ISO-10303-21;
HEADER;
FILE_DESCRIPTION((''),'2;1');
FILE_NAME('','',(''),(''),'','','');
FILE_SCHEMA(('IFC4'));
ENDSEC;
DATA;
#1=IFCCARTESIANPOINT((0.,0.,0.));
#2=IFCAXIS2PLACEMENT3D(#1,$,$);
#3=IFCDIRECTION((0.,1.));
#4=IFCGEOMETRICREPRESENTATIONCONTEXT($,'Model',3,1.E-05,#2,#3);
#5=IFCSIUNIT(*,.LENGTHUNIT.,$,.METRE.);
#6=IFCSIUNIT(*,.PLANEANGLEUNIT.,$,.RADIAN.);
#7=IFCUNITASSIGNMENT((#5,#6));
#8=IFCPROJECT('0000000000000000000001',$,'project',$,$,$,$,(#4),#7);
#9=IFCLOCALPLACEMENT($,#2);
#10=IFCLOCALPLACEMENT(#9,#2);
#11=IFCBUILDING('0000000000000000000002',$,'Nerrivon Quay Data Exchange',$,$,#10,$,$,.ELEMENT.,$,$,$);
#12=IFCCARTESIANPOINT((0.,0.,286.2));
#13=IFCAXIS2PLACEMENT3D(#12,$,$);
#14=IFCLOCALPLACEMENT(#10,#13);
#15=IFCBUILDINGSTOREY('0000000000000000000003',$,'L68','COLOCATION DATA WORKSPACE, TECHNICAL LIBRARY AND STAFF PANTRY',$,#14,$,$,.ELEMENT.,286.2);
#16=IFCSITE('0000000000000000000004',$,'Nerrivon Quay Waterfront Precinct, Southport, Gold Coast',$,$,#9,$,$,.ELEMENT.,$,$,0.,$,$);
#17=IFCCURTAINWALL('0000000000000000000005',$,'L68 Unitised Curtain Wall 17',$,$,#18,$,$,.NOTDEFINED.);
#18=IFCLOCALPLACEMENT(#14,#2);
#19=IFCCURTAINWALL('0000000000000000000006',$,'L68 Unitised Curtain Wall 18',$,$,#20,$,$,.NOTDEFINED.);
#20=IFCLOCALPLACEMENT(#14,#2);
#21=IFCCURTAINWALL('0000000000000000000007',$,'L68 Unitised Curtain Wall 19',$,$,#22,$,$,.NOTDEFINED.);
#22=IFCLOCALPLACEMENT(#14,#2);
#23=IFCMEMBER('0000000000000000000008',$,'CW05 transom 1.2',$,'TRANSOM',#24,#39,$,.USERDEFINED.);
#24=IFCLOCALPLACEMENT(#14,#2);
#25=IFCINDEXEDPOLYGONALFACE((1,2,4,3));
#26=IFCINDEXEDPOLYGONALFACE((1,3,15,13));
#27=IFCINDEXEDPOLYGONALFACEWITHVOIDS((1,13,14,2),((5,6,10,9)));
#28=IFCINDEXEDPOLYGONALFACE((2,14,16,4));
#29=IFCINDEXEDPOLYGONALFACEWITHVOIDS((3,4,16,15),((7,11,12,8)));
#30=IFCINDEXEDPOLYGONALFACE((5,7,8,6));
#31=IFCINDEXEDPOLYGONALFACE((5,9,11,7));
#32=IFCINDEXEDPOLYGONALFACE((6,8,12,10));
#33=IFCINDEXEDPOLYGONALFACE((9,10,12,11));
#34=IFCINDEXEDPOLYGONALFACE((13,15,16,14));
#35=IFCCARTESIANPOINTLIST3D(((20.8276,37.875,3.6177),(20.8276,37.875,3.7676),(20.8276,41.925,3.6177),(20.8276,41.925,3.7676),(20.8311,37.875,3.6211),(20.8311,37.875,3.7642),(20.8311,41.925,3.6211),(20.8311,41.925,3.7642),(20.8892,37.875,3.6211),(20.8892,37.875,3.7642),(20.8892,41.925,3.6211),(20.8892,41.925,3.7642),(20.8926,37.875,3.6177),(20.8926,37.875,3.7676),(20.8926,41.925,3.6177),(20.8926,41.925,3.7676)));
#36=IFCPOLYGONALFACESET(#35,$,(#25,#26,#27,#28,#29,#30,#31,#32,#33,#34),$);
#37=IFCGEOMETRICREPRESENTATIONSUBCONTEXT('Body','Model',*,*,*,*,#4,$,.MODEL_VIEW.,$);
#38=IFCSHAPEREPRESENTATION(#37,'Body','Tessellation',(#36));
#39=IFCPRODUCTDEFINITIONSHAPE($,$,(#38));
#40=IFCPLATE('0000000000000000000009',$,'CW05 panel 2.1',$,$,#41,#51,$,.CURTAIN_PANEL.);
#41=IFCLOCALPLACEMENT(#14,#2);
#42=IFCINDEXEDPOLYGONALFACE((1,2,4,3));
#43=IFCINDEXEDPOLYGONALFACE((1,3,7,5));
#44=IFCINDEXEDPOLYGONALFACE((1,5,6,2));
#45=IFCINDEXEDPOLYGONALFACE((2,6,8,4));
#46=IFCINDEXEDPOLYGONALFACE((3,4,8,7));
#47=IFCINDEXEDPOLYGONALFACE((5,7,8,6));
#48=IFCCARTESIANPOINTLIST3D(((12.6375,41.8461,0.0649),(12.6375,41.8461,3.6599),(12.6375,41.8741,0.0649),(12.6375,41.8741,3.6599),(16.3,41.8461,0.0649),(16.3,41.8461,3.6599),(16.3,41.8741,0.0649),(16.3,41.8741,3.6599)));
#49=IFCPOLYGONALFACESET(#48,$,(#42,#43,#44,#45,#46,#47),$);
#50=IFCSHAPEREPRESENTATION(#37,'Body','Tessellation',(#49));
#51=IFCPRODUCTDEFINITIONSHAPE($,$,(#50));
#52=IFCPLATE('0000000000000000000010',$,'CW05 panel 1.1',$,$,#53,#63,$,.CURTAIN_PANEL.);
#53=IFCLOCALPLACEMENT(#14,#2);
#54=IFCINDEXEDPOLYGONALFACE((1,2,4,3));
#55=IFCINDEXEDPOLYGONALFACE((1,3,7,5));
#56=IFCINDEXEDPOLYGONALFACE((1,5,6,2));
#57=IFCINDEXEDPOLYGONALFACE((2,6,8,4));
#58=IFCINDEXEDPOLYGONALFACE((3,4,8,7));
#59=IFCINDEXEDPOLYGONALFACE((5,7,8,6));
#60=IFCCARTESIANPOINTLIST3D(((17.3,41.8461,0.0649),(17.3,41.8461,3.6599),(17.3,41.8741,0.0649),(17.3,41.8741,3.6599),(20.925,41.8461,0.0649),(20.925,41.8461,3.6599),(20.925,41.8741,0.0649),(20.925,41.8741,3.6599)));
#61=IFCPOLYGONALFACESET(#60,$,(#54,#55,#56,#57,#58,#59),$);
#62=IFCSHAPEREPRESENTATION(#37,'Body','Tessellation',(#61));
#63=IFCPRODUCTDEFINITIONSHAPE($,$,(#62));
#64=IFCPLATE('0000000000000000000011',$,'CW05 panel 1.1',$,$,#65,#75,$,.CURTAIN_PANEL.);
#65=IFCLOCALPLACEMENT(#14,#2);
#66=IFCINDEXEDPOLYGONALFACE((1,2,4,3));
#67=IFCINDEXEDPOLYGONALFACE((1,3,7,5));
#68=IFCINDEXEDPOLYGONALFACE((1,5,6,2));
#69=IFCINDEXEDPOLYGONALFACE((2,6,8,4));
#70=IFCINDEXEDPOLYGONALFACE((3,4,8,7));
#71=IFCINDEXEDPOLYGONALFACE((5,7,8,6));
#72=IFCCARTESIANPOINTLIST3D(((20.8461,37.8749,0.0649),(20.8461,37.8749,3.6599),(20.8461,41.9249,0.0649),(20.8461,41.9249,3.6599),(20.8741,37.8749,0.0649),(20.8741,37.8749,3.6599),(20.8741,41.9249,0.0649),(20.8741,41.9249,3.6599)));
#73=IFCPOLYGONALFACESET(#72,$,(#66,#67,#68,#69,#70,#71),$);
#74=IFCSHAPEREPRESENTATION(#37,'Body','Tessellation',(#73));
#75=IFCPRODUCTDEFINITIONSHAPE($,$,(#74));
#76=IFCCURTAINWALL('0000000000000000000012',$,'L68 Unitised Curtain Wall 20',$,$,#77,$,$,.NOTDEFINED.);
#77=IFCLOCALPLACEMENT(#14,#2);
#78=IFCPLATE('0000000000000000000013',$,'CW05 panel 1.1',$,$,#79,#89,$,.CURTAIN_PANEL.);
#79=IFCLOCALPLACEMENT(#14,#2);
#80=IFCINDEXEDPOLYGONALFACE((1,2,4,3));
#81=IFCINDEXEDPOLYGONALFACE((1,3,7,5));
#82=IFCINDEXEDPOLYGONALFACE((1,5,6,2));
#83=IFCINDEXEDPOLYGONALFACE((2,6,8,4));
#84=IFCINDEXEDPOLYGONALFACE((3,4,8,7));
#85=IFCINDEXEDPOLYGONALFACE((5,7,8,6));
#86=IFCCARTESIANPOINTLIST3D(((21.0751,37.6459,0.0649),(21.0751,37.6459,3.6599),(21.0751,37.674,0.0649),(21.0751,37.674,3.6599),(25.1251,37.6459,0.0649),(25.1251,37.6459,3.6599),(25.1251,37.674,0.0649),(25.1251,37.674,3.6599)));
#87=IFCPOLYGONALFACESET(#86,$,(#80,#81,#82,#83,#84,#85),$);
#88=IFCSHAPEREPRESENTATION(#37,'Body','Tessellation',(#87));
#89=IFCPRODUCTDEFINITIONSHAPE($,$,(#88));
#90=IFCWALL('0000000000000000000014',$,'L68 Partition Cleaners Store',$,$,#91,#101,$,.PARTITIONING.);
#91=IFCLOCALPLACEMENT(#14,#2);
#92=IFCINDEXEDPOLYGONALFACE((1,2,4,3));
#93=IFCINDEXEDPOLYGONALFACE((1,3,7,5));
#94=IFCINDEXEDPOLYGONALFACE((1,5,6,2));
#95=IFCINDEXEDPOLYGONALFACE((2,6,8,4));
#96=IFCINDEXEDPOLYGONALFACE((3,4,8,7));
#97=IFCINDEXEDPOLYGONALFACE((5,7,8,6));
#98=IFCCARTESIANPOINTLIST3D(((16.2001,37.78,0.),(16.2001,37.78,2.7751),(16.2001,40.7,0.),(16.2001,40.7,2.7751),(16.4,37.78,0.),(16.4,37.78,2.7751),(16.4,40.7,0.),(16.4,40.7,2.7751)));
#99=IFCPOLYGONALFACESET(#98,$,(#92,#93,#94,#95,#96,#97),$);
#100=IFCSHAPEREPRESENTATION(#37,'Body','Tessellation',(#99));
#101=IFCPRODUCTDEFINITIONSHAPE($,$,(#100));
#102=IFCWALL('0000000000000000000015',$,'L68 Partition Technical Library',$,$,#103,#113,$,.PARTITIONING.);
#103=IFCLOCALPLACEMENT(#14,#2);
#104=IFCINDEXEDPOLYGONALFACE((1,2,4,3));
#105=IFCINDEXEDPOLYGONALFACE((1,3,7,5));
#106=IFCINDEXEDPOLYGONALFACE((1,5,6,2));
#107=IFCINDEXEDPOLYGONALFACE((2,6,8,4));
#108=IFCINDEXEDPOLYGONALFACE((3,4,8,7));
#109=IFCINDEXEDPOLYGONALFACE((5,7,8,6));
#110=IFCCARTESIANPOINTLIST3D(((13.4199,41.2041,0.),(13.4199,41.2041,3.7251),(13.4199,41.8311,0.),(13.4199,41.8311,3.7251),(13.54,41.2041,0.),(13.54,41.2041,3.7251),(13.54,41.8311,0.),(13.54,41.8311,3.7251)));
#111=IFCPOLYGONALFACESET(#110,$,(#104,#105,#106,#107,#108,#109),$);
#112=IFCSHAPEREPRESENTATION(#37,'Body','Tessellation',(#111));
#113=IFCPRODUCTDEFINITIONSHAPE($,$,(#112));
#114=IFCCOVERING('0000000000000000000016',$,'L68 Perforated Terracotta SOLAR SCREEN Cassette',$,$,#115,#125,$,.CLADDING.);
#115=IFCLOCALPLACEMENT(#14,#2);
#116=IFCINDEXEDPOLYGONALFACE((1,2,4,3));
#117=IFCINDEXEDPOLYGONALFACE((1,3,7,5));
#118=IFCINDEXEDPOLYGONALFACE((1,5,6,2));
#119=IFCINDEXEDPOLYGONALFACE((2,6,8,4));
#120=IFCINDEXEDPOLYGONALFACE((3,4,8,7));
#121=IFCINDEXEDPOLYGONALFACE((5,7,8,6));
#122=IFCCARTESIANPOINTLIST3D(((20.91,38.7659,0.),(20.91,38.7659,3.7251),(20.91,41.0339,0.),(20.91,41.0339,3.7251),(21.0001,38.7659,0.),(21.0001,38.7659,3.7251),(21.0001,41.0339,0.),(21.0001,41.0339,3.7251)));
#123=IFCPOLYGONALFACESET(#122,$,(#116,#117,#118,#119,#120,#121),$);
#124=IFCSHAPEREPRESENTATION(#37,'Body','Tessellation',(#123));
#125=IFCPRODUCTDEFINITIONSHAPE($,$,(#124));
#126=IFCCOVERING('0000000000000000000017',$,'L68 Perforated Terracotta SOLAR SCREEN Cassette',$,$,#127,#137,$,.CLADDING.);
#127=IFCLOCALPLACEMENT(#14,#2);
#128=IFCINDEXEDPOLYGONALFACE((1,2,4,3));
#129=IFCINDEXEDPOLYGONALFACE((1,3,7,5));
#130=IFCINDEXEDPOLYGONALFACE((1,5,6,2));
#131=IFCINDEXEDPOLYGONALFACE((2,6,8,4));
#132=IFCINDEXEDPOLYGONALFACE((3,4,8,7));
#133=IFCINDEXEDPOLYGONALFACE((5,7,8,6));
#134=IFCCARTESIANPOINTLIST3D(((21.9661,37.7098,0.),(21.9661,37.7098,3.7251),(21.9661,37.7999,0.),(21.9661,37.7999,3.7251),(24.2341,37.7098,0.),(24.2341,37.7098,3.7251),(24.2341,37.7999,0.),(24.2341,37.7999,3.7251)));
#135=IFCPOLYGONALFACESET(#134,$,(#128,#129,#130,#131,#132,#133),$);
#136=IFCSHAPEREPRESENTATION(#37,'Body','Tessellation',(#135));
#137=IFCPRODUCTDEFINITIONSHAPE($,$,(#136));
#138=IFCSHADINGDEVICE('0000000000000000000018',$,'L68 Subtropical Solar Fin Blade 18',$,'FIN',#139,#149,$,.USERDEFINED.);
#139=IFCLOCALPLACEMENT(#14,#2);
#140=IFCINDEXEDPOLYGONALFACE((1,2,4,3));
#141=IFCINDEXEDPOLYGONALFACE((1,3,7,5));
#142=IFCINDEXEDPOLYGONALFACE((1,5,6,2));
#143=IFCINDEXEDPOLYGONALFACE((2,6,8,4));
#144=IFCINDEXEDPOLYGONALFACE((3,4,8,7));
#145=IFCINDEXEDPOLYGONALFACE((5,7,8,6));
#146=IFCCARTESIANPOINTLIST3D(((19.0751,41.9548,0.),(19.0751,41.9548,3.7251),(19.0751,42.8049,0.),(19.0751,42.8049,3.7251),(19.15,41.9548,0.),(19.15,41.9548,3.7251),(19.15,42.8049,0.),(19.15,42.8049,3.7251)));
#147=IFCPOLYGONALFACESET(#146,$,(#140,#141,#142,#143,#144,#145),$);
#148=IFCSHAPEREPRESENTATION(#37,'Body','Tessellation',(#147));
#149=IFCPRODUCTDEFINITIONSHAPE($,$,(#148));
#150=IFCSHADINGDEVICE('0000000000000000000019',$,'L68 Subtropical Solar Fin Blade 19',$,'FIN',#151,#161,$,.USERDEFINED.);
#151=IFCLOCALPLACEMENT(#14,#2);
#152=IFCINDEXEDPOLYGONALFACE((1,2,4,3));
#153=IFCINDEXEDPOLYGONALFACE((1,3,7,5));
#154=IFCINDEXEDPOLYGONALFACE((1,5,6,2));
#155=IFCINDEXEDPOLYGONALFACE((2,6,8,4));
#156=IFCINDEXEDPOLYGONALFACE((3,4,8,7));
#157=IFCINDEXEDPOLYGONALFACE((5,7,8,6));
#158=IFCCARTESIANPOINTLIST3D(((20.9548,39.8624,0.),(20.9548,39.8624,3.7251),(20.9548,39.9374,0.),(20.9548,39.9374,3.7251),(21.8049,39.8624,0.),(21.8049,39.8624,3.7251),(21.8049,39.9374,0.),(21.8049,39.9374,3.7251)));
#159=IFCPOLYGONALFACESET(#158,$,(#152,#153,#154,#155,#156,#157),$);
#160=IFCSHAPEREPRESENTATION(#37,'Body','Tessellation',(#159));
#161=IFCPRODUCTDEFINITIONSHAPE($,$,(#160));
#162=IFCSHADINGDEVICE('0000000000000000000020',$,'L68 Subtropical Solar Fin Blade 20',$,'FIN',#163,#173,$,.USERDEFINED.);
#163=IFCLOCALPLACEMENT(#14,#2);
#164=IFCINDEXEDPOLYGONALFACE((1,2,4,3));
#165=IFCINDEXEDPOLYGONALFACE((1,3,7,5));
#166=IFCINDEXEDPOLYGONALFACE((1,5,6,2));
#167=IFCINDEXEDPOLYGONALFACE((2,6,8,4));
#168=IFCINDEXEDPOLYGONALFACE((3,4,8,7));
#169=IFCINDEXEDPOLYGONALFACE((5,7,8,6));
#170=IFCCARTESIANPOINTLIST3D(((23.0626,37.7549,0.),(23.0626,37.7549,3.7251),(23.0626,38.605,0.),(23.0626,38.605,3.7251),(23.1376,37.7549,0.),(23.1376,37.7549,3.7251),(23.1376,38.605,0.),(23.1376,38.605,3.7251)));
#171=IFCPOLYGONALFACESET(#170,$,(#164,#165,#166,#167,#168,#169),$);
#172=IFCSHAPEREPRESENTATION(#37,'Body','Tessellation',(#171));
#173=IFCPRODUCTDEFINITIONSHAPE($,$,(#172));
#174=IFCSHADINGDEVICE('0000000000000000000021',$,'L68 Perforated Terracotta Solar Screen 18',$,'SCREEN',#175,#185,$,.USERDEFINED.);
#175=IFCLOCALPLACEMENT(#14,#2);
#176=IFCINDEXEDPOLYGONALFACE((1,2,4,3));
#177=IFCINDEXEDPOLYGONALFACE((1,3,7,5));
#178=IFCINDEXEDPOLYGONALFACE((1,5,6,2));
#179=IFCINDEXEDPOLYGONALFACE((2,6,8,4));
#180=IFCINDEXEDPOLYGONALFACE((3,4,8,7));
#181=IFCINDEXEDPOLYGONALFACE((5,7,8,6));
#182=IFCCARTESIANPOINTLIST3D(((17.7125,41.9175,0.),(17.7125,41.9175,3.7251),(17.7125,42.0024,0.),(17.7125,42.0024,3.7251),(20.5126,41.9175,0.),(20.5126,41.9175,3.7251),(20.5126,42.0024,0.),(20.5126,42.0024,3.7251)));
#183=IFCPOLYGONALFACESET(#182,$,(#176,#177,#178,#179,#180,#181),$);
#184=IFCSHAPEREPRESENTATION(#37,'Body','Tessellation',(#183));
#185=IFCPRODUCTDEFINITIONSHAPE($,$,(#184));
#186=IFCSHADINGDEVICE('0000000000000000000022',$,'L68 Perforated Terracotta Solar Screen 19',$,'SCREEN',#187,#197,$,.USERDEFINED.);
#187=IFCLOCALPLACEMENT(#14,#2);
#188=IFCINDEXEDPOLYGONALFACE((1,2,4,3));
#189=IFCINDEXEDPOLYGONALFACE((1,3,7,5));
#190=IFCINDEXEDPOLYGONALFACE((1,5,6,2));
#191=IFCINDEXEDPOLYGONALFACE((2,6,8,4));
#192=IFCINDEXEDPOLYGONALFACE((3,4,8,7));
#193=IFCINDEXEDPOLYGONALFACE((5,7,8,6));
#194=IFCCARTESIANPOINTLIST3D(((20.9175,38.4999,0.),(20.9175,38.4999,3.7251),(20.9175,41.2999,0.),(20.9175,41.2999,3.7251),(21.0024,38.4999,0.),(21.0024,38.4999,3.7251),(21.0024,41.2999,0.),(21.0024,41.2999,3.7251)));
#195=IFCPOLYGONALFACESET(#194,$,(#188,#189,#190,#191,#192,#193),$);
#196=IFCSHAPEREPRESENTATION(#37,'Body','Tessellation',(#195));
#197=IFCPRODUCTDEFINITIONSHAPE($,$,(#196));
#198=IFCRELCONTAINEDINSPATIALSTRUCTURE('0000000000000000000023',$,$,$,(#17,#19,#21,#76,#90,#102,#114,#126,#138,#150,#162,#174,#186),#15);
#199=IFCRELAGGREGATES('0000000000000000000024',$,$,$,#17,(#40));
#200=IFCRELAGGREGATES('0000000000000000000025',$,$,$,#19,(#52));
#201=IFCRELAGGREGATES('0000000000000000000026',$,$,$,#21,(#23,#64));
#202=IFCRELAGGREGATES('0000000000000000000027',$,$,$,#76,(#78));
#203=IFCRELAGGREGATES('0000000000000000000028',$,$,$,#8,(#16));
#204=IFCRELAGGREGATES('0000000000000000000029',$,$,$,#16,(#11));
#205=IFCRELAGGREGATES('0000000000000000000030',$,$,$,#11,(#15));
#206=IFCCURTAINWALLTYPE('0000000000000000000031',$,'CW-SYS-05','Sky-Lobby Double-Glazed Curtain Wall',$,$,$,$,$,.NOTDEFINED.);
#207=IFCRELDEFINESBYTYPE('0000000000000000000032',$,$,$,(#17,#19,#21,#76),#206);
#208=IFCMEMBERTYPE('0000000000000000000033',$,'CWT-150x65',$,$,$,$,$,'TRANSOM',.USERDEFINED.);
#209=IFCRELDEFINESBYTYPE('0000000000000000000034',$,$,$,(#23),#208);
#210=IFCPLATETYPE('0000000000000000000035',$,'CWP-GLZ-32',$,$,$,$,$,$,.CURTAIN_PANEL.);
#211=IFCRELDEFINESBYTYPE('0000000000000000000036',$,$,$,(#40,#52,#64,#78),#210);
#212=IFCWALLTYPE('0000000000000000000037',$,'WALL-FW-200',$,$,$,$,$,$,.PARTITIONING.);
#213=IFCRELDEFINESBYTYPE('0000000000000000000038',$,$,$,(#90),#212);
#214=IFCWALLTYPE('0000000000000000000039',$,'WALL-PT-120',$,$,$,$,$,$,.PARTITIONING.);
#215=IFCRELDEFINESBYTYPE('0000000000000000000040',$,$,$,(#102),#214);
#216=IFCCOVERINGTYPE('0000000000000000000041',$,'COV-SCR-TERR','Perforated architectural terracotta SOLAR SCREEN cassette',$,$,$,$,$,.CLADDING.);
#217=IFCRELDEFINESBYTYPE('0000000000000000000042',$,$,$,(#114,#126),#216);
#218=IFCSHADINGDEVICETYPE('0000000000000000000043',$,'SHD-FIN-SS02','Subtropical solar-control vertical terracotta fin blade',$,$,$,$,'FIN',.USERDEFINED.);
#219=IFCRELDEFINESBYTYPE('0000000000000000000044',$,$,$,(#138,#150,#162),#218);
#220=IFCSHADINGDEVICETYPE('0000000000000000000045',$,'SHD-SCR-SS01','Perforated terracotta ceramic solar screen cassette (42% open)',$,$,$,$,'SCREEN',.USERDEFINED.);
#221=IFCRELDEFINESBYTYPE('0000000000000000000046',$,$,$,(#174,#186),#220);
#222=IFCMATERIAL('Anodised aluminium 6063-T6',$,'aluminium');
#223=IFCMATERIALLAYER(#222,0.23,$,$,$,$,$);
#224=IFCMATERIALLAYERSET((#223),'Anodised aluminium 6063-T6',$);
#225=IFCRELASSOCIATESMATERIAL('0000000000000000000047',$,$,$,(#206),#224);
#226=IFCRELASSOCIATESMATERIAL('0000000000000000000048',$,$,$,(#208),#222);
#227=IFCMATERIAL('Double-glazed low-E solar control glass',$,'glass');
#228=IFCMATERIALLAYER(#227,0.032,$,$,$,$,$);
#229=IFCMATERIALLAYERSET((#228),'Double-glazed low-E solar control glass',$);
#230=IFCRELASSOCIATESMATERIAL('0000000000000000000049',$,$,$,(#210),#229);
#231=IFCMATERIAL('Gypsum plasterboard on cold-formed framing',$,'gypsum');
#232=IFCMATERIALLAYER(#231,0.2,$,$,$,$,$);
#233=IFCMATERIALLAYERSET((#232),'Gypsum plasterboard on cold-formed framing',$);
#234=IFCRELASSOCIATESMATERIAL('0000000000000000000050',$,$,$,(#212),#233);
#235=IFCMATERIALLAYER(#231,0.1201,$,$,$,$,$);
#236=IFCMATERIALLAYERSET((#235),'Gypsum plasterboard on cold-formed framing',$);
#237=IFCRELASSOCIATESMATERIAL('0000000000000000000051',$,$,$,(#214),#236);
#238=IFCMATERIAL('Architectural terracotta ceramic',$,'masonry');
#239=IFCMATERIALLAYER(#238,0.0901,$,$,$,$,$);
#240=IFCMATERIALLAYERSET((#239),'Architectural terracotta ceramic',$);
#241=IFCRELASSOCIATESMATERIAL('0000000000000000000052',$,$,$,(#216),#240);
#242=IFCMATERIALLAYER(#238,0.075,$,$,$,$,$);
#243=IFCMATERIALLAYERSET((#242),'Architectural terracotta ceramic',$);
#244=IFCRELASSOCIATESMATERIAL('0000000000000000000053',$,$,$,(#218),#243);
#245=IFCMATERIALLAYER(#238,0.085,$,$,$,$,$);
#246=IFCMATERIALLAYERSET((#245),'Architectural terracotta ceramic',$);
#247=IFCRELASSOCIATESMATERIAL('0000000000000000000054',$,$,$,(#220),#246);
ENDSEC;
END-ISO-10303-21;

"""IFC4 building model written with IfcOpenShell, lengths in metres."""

from ifc_helpers import new_model, si_unit, direction, frame, frame_2d, origin, origin_2d, place, context, subcontext, project, spatial, rectangle, hollow_rectangle, extrude, material, layer, layer_set, material_profile, profile_set, type_object, element, aggregate, save


model = new_model("IFC4")

# Units and contexts
model_context = context("Model", 3, precision=1e-05, world=origin(), true_north=direction((0.0, 1.0)))
body_context = subcontext(model_context, "Body", "Model", "MODEL_VIEW")
ifc_project = project(units=[si_unit("LENGTHUNIT", "METRE"), si_unit("PLANEANGLEUNIT", "RADIAN")], contexts=[model_context])

# Site, building, storey
site_placement = place(None, origin())
site = spatial("IfcSite", under=ifc_project, at=site_placement, Name="Nerrivon Quay Waterfront Precinct, Southport, Gold Coast", CompositionType="ELEMENT", RefElevation=0.0)
building_placement = place(site_placement, origin())
building = spatial("IfcBuilding", under=site, at=building_placement, Name="Nerrivon Quay Data Exchange", CompositionType="ELEMENT")
storey_placement = place(building_placement, frame((0.0, 0.0, 286.2)))
storey = spatial("IfcBuildingStorey", under=building, at=storey_placement, Name="L68", Description="COLOCATION DATA WORKSPACE, TECHNICAL LIBRARY AND STAFF PANTRY", CompositionType="ELEMENT", Elevation=286.2)

# Curtain wall
ifc_material_1 = material(Name="Anodised aluminium 6063-T6", Category="aluminium")
ifc_layer_1 = layer(ifc_material_1, 0.23)
ifc_layer_set_1 = layer_set([ifc_layer_1], Name="Anodised aluminium 6063-T6")
curtain_wall_type = type_object("IfcCurtainWallType", Name="CW-SYS-05", Description="Sky-Lobby Double-Glazed Curtain Wall", PredefinedType="NOTDEFINED", material=ifc_layer_set_1)
curtain_wall_1_placement = place(storey_placement, origin())
curtain_wall_1 = element("IfcCurtainWall", 1, at=curtain_wall_1_placement, inside=storey, type_object=curtain_wall_type, Name="L68 Unitised Curtain Wall 17", PredefinedType="NOTDEFINED")

# Curtain walls
curtain_wall_2_placement = place(storey_placement, origin())
curtain_wall_2 = element("IfcCurtainWall", 2, at=curtain_wall_2_placement, inside=storey, type_object=curtain_wall_type, Name="L68 Unitised Curtain Wall 18", PredefinedType="NOTDEFINED")
curtain_wall_3_placement = place(storey_placement, origin())
curtain_wall_3 = element("IfcCurtainWall", 3, at=curtain_wall_3_placement, inside=storey, type_object=curtain_wall_type, Name="L68 Unitised Curtain Wall 19", PredefinedType="NOTDEFINED")

# Member
ifc_material_profile_1 = material_profile(ifc_material_1, hollow_rectangle(XDim=0.0649, YDim=0.1499, WallThickness=0.0034, at=origin_2d()), Name="ALU-TRAN-150x65")
ifc_profile_set_1 = profile_set([ifc_material_profile_1], Name="Anodised aluminium 6063-T6")
member_type_1 = type_object("IfcMemberType", Name="CWT-150x65", ElementType="TRANSOM", PredefinedType="USERDEFINED", material=ifc_profile_set_1)
member_1_placement = place(storey_placement, frame((20.8601, 41.925, 3.6926), z_axis=(0.0, -1.0, 0.0), x_axis=(1.0, 0.0, 0.0)))
member_1 = element("IfcMember", 4, at=member_1_placement, type_object=member_type_1, Name="CW05 transom 1.2", ObjectType="TRANSOM", PredefinedType="USERDEFINED", context=body_context, shape_type="SweptSolid", body=[
    extrude(hollow_rectangle(XDim=0.0649, YDim=0.1499, WallThickness=0.0034, at=origin_2d()), origin(), (0.0, 0.0, 1.0), 4.05),
])

# Plates
ifc_material_2 = material(Name="Double-glazed low-E solar control glass", Category="glass")
ifc_layer_2 = layer(ifc_material_2, 0.032)
ifc_layer_set_2 = layer_set([ifc_layer_2], Name="Double-glazed low-E solar control glass")
plate_type = type_object("IfcPlateType", Name="CWP-GLZ-32", PredefinedType="CURTAIN_PANEL", material=ifc_layer_set_2)
plate_1_placement = place(storey_placement, frame((14.4688, 41.8601, 0.0649), z_axis=(0.0, 0.0, 1.0), x_axis=(1.0, 0.0, 0.0)))
plate_1 = element("IfcPlate", 5, at=plate_1_placement, type_object=plate_type, Name="CW05 panel 2.1", PredefinedType="CURTAIN_PANEL", context=body_context, shape_type="SweptSolid", body=[
    extrude(rectangle(XDim=3.6626, YDim=0.0281, at=origin_2d()), origin(), (0.0, 0.0, 1.0), 3.595),
])
aggregate(curtain_wall_1, [plate_1])
plate_2_placement = place(storey_placement, frame((19.1125, 41.8601, 0.0649), z_axis=(0.0, 0.0, 1.0), x_axis=(1.0, 0.0, 0.0)))
plate_2 = element("IfcPlate", 6, at=plate_2_placement, type_object=plate_type, Name="CW05 panel 1.1", PredefinedType="CURTAIN_PANEL", context=body_context, shape_type="SweptSolid", body=[
    extrude(rectangle(XDim=3.625, YDim=0.0281, at=origin_2d()), origin(), (0.0, 0.0, 1.0), 3.595),
])
aggregate(curtain_wall_2, [plate_2])
plate_3_placement = place(storey_placement, frame((20.8601, 39.8999, 0.0649), z_axis=(0.0, 0.0, 1.0), x_axis=(0.0, -1.0, 0.0)))
plate_3 = element("IfcPlate", 7, at=plate_3_placement, type_object=plate_type, Name="CW05 panel 1.1", PredefinedType="CURTAIN_PANEL", context=body_context, shape_type="SweptSolid", body=[
    extrude(rectangle(XDim=4.05, YDim=0.0281, at=origin_2d()), origin(), (0.0, 0.0, 1.0), 3.595),
])
aggregate(curtain_wall_3, [member_1, plate_3])

# Curtain wall, plate
curtain_wall_4_placement = place(storey_placement, origin())
curtain_wall_4 = element("IfcCurtainWall", 8, at=curtain_wall_4_placement, inside=storey, type_object=curtain_wall_type, Name="L68 Unitised Curtain Wall 20", PredefinedType="NOTDEFINED")
plate_4_placement = place(storey_placement, frame((23.1001, 37.6599, 0.0649), z_axis=(0.0, 0.0, 1.0), x_axis=(1.0, 0.0, 0.0)))
plate_4 = element("IfcPlate", 9, at=plate_4_placement, type_object=plate_type, Name="CW05 panel 1.1", PredefinedType="CURTAIN_PANEL", context=body_context, shape_type="SweptSolid", body=[
    extrude(rectangle(XDim=4.05, YDim=0.0281, at=origin_2d()), origin(), (0.0, 0.0, 1.0), 3.595),
])
aggregate(curtain_wall_4, [plate_4])

# Walls
ifc_material_3 = material(Name="Gypsum plasterboard on cold-formed framing", Category="gypsum")
ifc_layer_3 = layer(ifc_material_3, 0.2)
ifc_layer_set_3 = layer_set([ifc_layer_3], Name="Gypsum plasterboard on cold-formed framing")
wall_type_1 = type_object("IfcWallType", Name="WALL-FW-200", PredefinedType="PARTITIONING", material=ifc_layer_set_3)
wall_1_placement = place(storey_placement, frame((16.3, 37.78, 0.0), z_axis=(0.0, 0.0, 1.0), x_axis=(0.0, 1.0, 0.0)))
element("IfcWall", 10, at=wall_1_placement, inside=storey, type_object=wall_type_1, Name="L68 Partition Cleaners Store", PredefinedType="PARTITIONING", context=body_context, shape_type="SweptSolid", body=[
    extrude(rectangle(XDim=2.9199, YDim=0.2, at=frame_2d((1.46, 0.0))), origin(), (0.0, 0.0, 1.0), 2.7751),
])
ifc_layer_4 = layer(ifc_material_3, 0.1201)
ifc_layer_set_4 = layer_set([ifc_layer_4], Name="Gypsum plasterboard on cold-formed framing")
wall_type_2 = type_object("IfcWallType", Name="WALL-PT-120", PredefinedType="PARTITIONING", material=ifc_layer_set_4)
wall_2_placement = place(storey_placement, frame((13.48, 41.8311, 0.0), z_axis=(0.0, 0.0, 1.0), x_axis=(0.0, -1.0, 0.0)))
element("IfcWall", 11, at=wall_2_placement, inside=storey, type_object=wall_type_2, Name="L68 Partition Technical Library", PredefinedType="PARTITIONING", context=body_context, shape_type="SweptSolid", body=[
    extrude(rectangle(XDim=0.627, YDim=0.1201, at=frame_2d((0.3135, 0.0))), origin(), (0.0, 0.0, 1.0), 3.7251),
])

# Coverings
ifc_material_4 = material(Name="Architectural terracotta ceramic", Category="masonry")
ifc_layer_5 = layer(ifc_material_4, 0.0901)
ifc_layer_set_5 = layer_set([ifc_layer_5], Name="Architectural terracotta ceramic")
covering_type = type_object("IfcCoveringType", Name="COV-SCR-TERR", Description="Perforated architectural terracotta SOLAR SCREEN cassette", PredefinedType="CLADDING", material=ifc_layer_set_5)
for number, where, z_axis, x_axis, name in (
    (12, (20.9551, 39.8999, 0.0), (0.0, 0.0, 1.0), (0.0, -1.0, 0.0), "L68 Perforated Terracotta SOLAR SCREEN Cassette"),
    (13, (23.1001, 37.7549, 0.0), (0.0, 0.0, 1.0), (1.0, 0.0, 0.0), "L68 Perforated Terracotta SOLAR SCREEN Cassette"),
):
    element("IfcCovering", number, at=place(storey_placement, frame(where, z_axis=z_axis, x_axis=x_axis)), inside=storey, type_object=covering_type, Name=name, PredefinedType="CLADDING", context=body_context, shape_type="SweptSolid", body=[
        extrude(rectangle(XDim=2.2681, YDim=0.0901, at=origin_2d()), origin(), (0.0, 0.0, 1.0), 3.7251),
    ])

# Shading devices
ifc_layer_6 = layer(ifc_material_4, 0.075)
ifc_layer_set_6 = layer_set([ifc_layer_6], Name="Architectural terracotta ceramic")
shading_device_type_1 = type_object("IfcShadingDeviceType", Name="SHD-FIN-SS02", Description="Subtropical solar-control vertical terracotta fin blade", ElementType="FIN", PredefinedType="USERDEFINED", material=ifc_layer_set_6)
for number, where, z_axis, x_axis, name in (
    (14, (19.1125, 42.3799, 0.0), (0.0, 0.0, 1.0), (1.0, 0.0, 0.0), "L68 Subtropical Solar Fin Blade 18"),
    (15, (21.3799, 39.8999, 0.0), (0.0, 0.0, 1.0), (0.0, -1.0, 0.0), "L68 Subtropical Solar Fin Blade 19"),
    (16, (23.1001, 38.1799, 0.0), (0.0, 0.0, 1.0), (1.0, 0.0, 0.0), "L68 Subtropical Solar Fin Blade 20"),
):
    element("IfcShadingDevice", number, at=place(storey_placement, frame(where, z_axis=z_axis, x_axis=x_axis)), inside=storey, type_object=shading_device_type_1, Name=name, ObjectType="FIN", PredefinedType="USERDEFINED", context=body_context, shape_type="SweptSolid", body=[
        extrude(rectangle(XDim=0.075, YDim=0.8501, at=origin_2d()), origin(), (0.0, 0.0, 1.0), 3.7251),
    ])
ifc_layer_7 = layer(ifc_material_4, 0.085)
ifc_layer_set_7 = layer_set([ifc_layer_7], Name="Architectural terracotta ceramic")
shading_device_type_2 = type_object("IfcShadingDeviceType", Name="SHD-SCR-SS01", Description="Perforated terracotta ceramic solar screen cassette (42% open)", ElementType="SCREEN", PredefinedType="USERDEFINED", material=ifc_layer_set_7)
for number, where, z_axis, x_axis, name in (
    (17, (19.1125, 41.96, 0.0), (0.0, 0.0, 1.0), (1.0, 0.0, 0.0), "L68 Perforated Terracotta Solar Screen 18"),
    (18, (20.96, 39.8999, 0.0), (0.0, 0.0, 1.0), (0.0, -1.0, 0.0), "L68 Perforated Terracotta Solar Screen 19"),
):
    element("IfcShadingDevice", number, at=place(storey_placement, frame(where, z_axis=z_axis, x_axis=x_axis)), inside=storey, type_object=shading_device_type_2, Name=name, ObjectType="SCREEN", PredefinedType="USERDEFINED", context=body_context, shape_type="SweptSolid", body=[
        extrude(rectangle(XDim=2.8, YDim=0.085, at=origin_2d()), origin(), (0.0, 0.0, 1.0), 3.7251),
    ])

save(model, "model.ifc")
